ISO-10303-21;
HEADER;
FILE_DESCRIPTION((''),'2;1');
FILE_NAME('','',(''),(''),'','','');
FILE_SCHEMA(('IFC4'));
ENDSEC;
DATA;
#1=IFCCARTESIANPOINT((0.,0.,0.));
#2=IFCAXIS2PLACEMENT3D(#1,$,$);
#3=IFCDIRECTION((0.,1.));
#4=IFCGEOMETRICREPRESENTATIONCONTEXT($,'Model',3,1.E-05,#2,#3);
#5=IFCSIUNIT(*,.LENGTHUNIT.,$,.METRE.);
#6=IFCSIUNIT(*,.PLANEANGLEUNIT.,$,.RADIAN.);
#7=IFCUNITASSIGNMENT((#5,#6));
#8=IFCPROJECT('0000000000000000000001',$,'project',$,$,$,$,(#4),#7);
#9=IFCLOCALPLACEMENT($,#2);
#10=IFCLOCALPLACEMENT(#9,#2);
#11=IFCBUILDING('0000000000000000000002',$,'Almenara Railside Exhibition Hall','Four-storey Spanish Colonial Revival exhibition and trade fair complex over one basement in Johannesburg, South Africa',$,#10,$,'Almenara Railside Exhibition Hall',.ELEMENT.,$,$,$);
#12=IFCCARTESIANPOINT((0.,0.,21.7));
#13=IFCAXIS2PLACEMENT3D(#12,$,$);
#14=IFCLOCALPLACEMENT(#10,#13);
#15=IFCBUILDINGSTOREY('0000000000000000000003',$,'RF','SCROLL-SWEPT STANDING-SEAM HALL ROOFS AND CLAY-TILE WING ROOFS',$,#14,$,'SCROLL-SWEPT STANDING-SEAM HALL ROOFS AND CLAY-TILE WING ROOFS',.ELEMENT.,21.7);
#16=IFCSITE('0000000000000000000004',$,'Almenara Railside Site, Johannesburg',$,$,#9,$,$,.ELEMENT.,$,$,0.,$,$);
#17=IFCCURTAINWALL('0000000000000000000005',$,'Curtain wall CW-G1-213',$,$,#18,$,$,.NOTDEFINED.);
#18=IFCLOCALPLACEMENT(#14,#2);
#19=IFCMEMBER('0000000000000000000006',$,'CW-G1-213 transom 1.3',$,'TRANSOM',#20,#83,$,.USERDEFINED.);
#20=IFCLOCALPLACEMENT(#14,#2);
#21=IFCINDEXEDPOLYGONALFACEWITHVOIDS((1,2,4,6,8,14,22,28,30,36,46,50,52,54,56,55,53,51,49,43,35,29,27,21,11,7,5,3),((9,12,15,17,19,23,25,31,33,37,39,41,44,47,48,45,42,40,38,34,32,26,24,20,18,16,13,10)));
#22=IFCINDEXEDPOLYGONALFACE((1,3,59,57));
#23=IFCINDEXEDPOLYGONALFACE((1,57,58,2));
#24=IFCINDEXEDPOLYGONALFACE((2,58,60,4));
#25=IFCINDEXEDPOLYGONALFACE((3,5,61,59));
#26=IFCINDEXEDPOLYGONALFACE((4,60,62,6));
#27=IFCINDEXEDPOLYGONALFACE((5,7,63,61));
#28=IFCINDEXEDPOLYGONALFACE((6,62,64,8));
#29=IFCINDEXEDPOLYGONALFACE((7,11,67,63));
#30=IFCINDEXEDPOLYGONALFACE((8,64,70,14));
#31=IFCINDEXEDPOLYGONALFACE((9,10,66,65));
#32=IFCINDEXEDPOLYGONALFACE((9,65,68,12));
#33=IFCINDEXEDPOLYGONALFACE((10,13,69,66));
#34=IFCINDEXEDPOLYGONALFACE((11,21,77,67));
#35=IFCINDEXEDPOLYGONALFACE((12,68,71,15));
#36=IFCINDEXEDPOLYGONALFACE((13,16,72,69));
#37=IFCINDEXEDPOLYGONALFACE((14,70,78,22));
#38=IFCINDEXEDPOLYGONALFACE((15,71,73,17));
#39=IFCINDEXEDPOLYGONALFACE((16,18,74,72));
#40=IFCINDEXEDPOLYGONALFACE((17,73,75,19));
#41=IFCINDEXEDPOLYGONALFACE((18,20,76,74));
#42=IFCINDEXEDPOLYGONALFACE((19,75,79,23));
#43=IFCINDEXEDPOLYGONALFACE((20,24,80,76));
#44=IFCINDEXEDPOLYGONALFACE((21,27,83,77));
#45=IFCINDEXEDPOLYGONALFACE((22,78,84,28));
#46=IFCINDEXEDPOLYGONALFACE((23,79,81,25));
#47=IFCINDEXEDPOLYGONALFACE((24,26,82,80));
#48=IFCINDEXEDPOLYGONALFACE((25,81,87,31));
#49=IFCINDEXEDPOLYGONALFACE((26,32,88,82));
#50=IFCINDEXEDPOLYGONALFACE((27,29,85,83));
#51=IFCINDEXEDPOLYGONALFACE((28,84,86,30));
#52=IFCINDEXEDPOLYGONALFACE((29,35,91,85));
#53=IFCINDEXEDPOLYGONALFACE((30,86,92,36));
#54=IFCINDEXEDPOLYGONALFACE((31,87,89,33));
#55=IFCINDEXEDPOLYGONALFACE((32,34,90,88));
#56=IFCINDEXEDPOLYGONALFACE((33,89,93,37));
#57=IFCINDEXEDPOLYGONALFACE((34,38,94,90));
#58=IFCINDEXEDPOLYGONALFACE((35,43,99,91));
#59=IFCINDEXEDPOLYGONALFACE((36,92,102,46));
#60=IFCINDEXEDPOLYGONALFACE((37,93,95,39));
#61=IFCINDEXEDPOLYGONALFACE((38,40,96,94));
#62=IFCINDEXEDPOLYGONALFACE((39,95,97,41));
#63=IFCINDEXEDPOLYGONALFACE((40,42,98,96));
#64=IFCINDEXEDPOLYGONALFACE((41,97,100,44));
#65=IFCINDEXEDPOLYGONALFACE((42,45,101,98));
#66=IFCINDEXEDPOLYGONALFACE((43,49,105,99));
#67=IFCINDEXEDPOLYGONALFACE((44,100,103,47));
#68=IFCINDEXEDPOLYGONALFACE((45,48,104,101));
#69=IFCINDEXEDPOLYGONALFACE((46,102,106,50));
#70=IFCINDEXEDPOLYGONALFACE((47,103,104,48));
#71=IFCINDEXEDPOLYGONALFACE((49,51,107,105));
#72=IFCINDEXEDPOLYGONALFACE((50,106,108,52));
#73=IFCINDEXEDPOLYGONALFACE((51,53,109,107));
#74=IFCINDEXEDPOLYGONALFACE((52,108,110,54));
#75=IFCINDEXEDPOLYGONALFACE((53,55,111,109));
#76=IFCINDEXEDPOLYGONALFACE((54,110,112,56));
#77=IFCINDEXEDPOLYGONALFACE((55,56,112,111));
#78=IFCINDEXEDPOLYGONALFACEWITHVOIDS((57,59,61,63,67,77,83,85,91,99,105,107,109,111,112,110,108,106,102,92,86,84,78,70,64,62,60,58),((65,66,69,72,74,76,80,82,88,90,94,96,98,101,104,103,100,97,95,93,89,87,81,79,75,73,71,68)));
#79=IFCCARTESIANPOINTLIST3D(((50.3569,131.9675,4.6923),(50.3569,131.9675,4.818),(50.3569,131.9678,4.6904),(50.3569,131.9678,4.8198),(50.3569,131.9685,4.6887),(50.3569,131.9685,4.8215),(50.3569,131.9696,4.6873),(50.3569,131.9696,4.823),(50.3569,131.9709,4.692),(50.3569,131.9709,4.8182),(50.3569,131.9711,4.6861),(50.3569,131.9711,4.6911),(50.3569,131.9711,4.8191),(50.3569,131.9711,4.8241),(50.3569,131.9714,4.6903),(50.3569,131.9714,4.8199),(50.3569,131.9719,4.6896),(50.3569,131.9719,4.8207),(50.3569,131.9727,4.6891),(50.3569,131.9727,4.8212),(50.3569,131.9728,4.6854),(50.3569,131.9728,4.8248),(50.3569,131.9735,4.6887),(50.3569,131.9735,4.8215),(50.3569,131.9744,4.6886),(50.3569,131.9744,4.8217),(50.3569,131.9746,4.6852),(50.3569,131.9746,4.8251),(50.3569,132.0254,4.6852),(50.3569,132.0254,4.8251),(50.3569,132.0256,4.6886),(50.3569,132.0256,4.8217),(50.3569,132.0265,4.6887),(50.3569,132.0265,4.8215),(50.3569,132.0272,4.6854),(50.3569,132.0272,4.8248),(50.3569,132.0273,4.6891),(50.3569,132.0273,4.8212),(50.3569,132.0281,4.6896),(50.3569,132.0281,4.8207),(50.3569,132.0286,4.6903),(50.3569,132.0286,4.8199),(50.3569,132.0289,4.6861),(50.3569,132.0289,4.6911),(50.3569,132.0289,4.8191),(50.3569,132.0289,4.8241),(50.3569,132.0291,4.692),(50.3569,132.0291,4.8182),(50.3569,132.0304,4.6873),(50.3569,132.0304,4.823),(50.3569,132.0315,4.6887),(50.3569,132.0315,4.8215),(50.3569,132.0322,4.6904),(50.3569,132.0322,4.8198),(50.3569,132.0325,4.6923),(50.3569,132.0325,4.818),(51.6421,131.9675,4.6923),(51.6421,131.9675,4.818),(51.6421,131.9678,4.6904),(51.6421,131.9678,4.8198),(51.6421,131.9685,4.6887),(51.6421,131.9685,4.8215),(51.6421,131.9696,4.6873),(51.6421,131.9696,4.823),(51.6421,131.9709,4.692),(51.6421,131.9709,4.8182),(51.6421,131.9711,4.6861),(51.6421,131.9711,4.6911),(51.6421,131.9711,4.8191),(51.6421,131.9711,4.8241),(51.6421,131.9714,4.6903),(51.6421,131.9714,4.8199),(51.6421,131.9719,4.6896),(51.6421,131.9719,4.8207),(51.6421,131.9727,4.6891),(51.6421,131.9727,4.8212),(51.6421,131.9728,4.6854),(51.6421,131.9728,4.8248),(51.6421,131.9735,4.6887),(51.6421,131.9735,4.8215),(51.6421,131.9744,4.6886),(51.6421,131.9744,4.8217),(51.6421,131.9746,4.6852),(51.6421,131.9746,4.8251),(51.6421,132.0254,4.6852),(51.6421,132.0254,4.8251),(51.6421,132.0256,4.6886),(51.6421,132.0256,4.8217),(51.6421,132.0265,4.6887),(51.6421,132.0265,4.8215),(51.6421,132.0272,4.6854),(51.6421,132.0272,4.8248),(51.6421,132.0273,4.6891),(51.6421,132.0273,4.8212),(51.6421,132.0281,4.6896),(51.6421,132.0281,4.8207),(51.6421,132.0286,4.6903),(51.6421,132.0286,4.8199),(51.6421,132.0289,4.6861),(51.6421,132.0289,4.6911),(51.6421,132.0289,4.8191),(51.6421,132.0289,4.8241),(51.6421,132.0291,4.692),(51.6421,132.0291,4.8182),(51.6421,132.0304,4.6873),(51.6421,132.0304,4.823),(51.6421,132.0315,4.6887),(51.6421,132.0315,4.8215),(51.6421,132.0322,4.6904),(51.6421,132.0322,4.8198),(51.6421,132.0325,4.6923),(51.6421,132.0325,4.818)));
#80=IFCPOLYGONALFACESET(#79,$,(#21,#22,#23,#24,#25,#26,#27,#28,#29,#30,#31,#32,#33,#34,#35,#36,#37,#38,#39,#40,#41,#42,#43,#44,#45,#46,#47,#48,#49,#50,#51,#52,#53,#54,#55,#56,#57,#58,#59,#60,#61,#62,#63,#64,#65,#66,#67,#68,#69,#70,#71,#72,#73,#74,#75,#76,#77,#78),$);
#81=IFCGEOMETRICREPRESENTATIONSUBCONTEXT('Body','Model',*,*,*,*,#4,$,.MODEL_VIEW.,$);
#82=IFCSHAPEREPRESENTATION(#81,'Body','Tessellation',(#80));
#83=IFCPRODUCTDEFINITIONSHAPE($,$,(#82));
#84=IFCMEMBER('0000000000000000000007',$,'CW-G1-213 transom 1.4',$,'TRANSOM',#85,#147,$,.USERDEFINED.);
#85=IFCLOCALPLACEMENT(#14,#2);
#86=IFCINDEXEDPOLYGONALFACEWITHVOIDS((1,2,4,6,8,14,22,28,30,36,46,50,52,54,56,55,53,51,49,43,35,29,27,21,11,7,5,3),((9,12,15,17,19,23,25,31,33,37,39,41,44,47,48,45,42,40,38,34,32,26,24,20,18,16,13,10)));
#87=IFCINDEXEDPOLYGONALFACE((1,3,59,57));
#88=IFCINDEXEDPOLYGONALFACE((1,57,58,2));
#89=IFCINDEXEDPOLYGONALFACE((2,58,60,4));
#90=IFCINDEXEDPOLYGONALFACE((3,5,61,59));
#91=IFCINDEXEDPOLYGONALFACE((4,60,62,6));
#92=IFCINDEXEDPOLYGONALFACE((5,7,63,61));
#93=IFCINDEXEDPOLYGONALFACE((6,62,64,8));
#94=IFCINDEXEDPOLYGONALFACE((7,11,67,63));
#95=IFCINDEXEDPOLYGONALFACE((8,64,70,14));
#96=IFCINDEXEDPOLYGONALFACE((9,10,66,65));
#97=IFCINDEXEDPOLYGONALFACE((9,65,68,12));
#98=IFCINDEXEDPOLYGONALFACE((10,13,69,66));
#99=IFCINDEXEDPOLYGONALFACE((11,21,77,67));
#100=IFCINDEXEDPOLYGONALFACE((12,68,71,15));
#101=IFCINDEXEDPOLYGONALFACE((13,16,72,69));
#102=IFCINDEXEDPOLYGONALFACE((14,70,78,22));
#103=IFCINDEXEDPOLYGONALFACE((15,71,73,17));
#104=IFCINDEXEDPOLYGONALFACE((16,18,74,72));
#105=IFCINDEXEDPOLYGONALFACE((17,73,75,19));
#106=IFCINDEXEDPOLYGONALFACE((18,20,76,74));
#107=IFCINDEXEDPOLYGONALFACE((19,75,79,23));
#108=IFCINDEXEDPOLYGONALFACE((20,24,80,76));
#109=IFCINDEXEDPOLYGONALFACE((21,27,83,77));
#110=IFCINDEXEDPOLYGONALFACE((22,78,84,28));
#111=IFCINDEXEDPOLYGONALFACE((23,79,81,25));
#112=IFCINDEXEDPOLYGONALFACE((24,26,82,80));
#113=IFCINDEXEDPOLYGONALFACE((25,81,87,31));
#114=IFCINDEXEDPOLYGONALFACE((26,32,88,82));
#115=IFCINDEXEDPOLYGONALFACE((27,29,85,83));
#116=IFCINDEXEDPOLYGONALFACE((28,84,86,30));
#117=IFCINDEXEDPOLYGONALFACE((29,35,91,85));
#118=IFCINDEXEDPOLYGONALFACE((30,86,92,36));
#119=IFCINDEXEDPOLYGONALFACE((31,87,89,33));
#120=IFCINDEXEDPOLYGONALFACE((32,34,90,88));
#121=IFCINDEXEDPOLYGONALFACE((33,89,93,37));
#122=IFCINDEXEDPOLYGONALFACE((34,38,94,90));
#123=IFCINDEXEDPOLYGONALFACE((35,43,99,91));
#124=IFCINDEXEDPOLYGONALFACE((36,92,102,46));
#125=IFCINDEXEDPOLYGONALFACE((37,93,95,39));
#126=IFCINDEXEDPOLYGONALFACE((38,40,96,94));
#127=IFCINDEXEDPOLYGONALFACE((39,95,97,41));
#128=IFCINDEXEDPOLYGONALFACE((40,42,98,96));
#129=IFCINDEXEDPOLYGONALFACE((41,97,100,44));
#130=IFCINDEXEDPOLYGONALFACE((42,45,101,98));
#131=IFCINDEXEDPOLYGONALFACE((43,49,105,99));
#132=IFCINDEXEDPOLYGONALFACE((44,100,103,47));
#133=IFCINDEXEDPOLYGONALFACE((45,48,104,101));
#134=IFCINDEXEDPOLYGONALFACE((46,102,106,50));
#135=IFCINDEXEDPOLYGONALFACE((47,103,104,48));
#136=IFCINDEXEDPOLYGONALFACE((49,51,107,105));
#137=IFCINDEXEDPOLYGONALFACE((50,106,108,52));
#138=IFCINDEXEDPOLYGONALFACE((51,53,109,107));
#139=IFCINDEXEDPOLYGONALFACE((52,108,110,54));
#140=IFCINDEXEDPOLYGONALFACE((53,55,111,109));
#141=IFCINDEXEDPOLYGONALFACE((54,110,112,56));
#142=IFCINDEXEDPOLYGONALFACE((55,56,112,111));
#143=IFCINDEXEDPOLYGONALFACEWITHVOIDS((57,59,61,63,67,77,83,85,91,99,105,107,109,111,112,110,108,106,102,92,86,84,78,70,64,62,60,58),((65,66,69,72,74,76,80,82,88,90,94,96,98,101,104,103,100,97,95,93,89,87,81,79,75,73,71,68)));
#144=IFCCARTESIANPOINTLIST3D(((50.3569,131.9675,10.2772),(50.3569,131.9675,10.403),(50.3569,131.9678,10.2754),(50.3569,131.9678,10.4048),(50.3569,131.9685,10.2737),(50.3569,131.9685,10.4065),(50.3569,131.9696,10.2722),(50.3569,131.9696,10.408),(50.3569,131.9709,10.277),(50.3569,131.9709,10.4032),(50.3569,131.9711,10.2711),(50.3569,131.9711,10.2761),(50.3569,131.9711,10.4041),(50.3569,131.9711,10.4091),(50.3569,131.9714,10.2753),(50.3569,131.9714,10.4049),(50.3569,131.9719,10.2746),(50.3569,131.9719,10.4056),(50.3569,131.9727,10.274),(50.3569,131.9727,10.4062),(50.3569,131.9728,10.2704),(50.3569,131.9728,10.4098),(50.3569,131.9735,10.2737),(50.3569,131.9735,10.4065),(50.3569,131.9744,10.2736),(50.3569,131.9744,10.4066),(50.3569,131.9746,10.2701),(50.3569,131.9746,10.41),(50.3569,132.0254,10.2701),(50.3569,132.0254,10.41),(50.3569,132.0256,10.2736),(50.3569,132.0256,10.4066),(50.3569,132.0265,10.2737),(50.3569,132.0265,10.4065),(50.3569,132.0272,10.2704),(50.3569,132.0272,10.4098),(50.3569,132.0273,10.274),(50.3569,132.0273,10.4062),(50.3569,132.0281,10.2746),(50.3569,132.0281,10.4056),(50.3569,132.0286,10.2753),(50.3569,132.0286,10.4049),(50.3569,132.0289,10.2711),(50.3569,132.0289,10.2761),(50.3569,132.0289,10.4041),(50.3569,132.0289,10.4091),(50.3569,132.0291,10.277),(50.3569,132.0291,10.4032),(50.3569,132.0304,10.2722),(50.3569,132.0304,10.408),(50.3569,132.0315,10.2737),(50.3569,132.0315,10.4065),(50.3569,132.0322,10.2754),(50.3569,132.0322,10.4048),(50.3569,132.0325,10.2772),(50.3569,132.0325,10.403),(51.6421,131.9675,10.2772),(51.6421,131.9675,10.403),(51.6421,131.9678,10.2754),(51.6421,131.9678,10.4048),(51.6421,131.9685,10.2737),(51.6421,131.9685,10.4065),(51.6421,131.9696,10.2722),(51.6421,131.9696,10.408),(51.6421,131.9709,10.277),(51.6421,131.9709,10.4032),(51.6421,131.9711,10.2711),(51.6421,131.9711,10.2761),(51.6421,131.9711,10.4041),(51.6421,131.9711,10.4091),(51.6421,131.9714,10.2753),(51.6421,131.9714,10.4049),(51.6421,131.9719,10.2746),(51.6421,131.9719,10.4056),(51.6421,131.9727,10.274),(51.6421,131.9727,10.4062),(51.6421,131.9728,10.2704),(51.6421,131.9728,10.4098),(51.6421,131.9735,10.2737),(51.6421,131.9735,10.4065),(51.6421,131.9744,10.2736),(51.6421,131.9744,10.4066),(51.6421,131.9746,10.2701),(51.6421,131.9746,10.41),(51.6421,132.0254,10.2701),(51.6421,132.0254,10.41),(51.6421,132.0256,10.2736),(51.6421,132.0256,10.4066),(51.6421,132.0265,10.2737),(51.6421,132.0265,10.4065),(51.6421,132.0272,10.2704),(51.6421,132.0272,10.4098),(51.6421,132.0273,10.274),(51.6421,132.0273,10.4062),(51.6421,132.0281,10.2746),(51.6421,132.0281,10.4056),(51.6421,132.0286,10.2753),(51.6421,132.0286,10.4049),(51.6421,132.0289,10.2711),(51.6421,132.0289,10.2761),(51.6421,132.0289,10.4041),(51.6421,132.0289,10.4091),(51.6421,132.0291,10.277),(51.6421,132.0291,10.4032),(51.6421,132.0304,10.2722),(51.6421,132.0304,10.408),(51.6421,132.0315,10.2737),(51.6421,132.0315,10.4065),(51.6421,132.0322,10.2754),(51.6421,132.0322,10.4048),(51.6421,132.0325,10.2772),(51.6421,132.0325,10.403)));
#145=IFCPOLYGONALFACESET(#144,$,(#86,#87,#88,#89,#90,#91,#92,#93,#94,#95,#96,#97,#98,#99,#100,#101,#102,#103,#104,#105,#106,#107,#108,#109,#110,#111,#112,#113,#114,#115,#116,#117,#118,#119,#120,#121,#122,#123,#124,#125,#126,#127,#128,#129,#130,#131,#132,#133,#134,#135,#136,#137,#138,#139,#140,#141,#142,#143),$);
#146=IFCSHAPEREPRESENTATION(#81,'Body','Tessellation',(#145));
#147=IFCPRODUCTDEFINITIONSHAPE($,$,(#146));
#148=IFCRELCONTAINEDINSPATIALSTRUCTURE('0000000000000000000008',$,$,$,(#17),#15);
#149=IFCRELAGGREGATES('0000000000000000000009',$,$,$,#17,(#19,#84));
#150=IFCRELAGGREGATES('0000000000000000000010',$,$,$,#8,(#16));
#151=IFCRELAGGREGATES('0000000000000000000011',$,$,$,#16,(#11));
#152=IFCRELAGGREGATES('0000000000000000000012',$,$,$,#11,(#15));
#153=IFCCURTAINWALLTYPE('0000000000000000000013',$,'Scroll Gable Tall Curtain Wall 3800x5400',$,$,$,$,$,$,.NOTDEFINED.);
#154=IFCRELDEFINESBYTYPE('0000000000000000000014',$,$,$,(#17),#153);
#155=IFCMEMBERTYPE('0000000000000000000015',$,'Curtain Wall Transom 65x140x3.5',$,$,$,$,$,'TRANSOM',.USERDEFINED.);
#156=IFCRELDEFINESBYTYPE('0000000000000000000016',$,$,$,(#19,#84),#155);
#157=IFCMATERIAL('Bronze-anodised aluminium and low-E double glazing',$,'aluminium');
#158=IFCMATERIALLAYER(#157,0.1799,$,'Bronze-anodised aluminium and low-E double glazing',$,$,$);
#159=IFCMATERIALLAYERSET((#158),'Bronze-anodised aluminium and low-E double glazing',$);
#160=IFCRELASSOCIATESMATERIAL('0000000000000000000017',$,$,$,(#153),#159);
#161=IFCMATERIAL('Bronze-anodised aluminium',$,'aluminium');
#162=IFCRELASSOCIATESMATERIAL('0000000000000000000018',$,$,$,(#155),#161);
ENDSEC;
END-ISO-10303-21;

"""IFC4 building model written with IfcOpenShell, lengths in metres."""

from ifc_helpers import new_model, si_unit, direction, frame, origin, origin_2d, place, context, subcontext, project, spatial, hollow_rectangle, extrude, material, layer, layer_set, material_profile, profile_set, type_object, element, aggregate, save


model = new_model("IFC4")

# Units and contexts
model_context = context("Model", 3, precision=1e-05, world=origin(), true_north=direction((0.0, 1.0)))
body_context = subcontext(model_context, "Body", "Model", "MODEL_VIEW")
ifc_project = project(units=[si_unit("LENGTHUNIT", "METRE"), si_unit("PLANEANGLEUNIT", "RADIAN")], contexts=[model_context])

# Site, building, storey
site_placement = place(None, origin())
site = spatial("IfcSite", under=ifc_project, at=site_placement, Name="Almenara Railside Site, Johannesburg", CompositionType="ELEMENT", RefElevation=0.0)
building_placement = place(site_placement, origin())
building = spatial("IfcBuilding", under=site, at=building_placement, Name="Almenara Railside Exhibition Hall", Description="Four-storey Spanish Colonial Revival exhibition and trade fair complex over one basement in Johannesburg, South Africa", LongName="Almenara Railside Exhibition Hall", CompositionType="ELEMENT")
storey_placement = place(building_placement, frame((0.0, 0.0, 21.7)))
storey = spatial("IfcBuildingStorey", under=building, at=storey_placement, Name="RF", Description="SCROLL-SWEPT STANDING-SEAM HALL ROOFS AND CLAY-TILE WING ROOFS", LongName="SCROLL-SWEPT STANDING-SEAM HALL ROOFS AND CLAY-TILE WING ROOFS", CompositionType="ELEMENT", Elevation=21.7)

# Shared definitions
ifc_material_1 = material(Name="Bronze-anodised aluminium and low-E double glazing", Category="aluminium")
ifc_layer_1 = layer(ifc_material_1, 0.1799, Name="Bronze-anodised aluminium and low-E double glazing")
ifc_layer_set_1 = layer_set([ifc_layer_1], Name="Bronze-anodised aluminium and low-E double glazing")
curtain_wall_type = type_object("IfcCurtainWallType", Name="Scroll Gable Tall Curtain Wall 3800x5400", PredefinedType="NOTDEFINED", material=ifc_layer_set_1)
ifc_material_2 = material(Name="Bronze-anodised aluminium", Category="aluminium")

# Curtain wall
curtain_wall_1_placement = place(storey_placement, origin())
curtain_wall_1 = element("IfcCurtainWall", 1, at=curtain_wall_1_placement, inside=storey, type_object=curtain_wall_type, Name="Curtain wall CW-G1-213", PredefinedType="NOTDEFINED")

# Members
ifc_material_profile_1 = material_profile(ifc_material_2, hollow_rectangle(XDim=0.0649, YDim=0.1399, WallThickness=0.0034, InnerFilletRadius=0.0034, OuterFilletRadius=0.0071, at=origin_2d()), Name="ALU-TRN 65x140x3.5")
ifc_profile_set_1 = profile_set([ifc_material_profile_1], Name="Bronze-anodised aluminium")
member_type_1 = type_object("IfcMemberType", Name="Curtain Wall Transom 65x140x3.5", ElementType="TRANSOM", PredefinedType="USERDEFINED", material=ifc_profile_set_1)
member_1_placement = place(storey_placement, frame((50.3569, 132.0, 4.7551), z_axis=(1.0, 0.0, 0.0), x_axis=(0.0, 1.0, 0.0)))
member_1 = element("IfcMember", 2, at=member_1_placement, type_object=member_type_1, Name="CW-G1-213 transom 1.3", ObjectType="TRANSOM", PredefinedType="USERDEFINED", context=body_context, shape_type="SweptSolid", body=[
    extrude(hollow_rectangle(XDim=0.0649, YDim=0.1399, WallThickness=0.0034, InnerFilletRadius=0.0034, OuterFilletRadius=0.0071, at=origin_2d()), origin(), (0.0, 0.0, 1.0), 1.2852),
])
member_2_placement = place(storey_placement, frame((50.3569, 132.0, 10.3401), z_axis=(1.0, 0.0, 0.0), x_axis=(0.0, 1.0, 0.0)))
member_2 = element("IfcMember", 3, at=member_2_placement, type_object=member_type_1, Name="CW-G1-213 transom 1.4", ObjectType="TRANSOM", PredefinedType="USERDEFINED", context=body_context, shape_type="SweptSolid", body=[
    extrude(hollow_rectangle(XDim=0.0649, YDim=0.1399, WallThickness=0.0034, InnerFilletRadius=0.0034, OuterFilletRadius=0.0071, at=origin_2d()), origin(), (0.0, 0.0, 1.0), 1.2852),
])

aggregate(curtain_wall_1, [member_1, member_2])

save(model, "model.ifc")
